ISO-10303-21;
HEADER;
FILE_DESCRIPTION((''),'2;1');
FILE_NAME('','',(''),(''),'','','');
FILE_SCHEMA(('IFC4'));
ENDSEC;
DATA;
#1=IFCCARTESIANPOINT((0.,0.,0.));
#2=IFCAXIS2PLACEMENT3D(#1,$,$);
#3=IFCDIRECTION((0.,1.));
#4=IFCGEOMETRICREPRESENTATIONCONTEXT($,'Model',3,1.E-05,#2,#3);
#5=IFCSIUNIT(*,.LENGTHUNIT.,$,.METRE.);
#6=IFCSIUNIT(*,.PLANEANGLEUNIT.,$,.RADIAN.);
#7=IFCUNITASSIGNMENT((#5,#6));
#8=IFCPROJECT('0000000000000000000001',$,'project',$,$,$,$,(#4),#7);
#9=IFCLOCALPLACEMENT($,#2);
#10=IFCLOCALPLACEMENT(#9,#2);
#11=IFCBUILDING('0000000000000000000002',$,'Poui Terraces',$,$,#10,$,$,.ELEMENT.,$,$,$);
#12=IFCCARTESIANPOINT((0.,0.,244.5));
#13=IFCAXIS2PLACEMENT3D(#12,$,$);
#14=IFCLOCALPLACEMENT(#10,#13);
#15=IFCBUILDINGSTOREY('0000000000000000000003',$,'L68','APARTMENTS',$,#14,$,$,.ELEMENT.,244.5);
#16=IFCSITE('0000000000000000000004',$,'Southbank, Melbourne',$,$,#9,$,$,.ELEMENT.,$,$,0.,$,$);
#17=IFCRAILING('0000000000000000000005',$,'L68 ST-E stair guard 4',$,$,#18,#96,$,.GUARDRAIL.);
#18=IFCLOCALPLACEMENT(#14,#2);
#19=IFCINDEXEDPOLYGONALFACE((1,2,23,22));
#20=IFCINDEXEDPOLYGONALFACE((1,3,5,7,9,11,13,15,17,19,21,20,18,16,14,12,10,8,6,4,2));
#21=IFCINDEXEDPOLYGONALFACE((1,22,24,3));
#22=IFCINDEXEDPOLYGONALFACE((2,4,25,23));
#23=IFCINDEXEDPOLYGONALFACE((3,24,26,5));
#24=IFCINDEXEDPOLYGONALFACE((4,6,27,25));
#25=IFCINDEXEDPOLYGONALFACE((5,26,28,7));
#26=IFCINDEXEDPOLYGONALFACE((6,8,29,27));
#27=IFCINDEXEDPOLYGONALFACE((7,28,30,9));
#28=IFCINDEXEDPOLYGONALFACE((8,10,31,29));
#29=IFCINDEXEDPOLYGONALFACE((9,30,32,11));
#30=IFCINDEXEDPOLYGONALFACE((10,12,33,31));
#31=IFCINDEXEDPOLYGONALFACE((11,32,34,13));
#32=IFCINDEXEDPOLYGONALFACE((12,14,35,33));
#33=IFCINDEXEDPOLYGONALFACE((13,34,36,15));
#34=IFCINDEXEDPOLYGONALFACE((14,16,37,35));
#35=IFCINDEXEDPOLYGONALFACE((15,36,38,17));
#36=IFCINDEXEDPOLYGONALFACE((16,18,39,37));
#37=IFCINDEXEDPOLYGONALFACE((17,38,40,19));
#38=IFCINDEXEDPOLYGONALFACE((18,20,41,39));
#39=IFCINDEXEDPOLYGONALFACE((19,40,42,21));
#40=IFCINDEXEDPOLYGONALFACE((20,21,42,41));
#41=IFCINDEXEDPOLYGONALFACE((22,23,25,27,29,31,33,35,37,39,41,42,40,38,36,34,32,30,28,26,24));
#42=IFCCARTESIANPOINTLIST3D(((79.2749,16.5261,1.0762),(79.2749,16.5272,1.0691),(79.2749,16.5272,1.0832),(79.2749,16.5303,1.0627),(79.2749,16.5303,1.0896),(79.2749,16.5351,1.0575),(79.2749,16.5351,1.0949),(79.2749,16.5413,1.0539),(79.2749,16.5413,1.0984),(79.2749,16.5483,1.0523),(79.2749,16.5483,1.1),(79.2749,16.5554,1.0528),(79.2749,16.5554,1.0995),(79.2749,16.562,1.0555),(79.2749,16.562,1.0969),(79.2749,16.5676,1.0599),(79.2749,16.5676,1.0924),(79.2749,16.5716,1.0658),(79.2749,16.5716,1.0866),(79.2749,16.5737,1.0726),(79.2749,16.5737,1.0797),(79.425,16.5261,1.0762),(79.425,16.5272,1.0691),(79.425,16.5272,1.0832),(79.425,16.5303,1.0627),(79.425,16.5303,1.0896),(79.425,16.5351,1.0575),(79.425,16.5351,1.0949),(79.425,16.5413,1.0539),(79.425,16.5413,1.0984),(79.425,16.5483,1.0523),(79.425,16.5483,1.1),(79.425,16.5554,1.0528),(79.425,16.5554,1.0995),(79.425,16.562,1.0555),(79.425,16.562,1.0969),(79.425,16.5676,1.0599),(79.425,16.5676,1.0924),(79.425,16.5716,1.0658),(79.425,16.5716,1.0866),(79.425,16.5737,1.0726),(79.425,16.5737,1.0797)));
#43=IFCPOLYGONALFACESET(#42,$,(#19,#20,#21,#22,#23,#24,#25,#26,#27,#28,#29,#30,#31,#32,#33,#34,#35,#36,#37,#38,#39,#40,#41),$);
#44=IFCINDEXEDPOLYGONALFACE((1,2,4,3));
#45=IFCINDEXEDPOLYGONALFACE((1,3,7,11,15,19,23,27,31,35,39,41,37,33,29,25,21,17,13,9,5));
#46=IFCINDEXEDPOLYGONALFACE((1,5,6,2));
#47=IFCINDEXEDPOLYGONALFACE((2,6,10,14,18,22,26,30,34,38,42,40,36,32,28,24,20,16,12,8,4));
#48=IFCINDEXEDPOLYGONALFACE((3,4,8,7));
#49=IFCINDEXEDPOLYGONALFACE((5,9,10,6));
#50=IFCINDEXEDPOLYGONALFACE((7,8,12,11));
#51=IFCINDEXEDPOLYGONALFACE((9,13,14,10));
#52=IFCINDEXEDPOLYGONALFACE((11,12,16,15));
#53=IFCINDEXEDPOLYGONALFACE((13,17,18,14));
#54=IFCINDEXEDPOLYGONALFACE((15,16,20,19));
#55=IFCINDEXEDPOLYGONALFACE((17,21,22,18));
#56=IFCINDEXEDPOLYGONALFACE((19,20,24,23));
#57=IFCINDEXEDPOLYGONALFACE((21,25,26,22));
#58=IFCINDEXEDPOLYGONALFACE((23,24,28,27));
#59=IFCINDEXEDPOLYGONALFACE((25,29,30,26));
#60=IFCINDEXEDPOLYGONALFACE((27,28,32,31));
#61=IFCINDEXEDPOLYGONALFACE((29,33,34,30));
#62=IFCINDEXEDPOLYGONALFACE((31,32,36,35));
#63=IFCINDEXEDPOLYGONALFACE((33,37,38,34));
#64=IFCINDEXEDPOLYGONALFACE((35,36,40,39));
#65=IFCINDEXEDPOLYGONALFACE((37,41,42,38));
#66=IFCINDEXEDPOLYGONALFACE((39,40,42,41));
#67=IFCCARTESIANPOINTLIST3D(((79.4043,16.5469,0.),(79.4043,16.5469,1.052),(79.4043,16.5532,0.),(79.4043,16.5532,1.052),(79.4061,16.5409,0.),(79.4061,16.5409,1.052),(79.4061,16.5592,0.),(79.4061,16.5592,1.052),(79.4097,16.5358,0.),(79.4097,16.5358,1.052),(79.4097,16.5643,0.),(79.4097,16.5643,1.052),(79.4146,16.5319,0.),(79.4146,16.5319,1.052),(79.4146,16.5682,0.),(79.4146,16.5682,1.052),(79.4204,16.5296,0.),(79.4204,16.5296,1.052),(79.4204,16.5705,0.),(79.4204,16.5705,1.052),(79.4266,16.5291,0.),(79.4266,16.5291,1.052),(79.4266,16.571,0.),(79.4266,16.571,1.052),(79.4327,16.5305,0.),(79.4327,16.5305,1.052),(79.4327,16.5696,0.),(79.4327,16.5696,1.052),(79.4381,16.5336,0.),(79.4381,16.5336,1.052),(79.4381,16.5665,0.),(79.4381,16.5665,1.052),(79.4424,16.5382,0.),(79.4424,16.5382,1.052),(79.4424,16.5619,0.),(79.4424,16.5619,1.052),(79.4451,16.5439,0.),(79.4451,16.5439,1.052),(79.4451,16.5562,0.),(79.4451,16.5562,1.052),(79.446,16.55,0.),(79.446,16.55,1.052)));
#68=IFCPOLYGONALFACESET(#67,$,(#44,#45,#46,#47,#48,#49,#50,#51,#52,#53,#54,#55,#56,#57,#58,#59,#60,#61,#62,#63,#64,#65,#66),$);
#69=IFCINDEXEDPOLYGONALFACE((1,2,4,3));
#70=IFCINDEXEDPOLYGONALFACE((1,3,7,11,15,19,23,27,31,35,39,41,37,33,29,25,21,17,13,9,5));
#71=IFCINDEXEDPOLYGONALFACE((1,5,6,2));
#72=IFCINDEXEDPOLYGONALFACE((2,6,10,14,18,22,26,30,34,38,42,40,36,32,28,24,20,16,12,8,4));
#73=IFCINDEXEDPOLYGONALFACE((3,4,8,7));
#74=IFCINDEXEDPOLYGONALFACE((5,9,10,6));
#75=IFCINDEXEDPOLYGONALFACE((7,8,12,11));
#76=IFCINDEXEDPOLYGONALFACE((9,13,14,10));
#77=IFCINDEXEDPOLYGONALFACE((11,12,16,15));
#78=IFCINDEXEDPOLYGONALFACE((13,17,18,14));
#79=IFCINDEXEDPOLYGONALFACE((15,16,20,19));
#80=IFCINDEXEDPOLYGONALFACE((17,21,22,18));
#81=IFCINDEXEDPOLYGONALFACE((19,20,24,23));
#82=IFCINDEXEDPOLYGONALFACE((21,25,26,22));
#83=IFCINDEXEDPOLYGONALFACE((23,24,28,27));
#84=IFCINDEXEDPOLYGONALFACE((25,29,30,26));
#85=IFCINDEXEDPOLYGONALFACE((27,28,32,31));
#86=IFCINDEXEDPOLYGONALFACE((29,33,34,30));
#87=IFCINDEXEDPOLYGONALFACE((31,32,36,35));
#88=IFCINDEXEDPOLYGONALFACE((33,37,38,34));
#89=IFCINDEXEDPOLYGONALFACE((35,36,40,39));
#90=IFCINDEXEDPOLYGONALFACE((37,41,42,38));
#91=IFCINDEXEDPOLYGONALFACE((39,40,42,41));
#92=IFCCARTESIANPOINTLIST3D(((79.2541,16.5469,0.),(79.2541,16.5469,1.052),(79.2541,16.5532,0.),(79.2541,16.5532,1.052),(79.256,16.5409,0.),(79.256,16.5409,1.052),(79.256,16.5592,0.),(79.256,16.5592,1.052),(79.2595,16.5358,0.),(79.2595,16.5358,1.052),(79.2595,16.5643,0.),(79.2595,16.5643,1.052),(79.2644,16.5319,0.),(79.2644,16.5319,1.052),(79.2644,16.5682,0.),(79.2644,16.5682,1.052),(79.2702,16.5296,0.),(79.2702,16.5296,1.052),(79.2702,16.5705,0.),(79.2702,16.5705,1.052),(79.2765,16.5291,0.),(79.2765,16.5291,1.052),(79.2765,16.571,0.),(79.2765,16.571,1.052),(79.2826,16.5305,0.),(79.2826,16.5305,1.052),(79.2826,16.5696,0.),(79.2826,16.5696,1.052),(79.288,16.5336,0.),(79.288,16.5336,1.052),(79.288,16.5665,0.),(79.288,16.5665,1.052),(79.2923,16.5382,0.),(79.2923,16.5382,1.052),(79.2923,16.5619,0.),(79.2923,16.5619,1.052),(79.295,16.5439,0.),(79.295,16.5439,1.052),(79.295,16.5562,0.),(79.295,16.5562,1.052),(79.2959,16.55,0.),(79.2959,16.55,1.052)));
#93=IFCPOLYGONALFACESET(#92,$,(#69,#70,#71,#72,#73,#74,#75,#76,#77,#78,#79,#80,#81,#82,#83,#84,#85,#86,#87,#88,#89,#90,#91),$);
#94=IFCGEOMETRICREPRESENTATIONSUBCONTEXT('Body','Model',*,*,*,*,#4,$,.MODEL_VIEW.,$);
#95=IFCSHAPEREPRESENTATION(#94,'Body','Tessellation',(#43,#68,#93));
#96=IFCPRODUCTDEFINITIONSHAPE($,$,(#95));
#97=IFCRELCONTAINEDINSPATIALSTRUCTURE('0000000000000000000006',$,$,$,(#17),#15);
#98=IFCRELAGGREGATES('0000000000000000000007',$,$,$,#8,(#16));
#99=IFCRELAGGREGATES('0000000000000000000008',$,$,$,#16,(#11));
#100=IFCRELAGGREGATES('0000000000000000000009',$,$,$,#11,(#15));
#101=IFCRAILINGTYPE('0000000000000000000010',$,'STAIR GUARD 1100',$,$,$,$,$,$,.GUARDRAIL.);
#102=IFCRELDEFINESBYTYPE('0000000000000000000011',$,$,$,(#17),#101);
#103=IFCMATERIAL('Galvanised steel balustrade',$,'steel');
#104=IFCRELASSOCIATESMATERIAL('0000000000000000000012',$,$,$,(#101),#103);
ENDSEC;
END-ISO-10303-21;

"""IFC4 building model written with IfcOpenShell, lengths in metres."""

from ifc_helpers import new_model, si_unit, direction, frame, origin, origin_2d, place, context, subcontext, project, spatial, circle, extrude, material, type_object, element, save


model = new_model("IFC4")

# Units and contexts
model_context = context("Model", 3, precision=1e-05, world=origin(), true_north=direction((0.0, 1.0)))
body_context = subcontext(model_context, "Body", "Model", "MODEL_VIEW")
ifc_project = project(units=[si_unit("LENGTHUNIT", "METRE"), si_unit("PLANEANGLEUNIT", "RADIAN")], contexts=[model_context])

# Site, building, storey
site_placement = place(None, origin())
site = spatial("IfcSite", under=ifc_project, at=site_placement, Name="Southbank, Melbourne", CompositionType="ELEMENT", RefElevation=0.0)
building_placement = place(site_placement, origin())
building = spatial("IfcBuilding", under=site, at=building_placement, Name="Poui Terraces", CompositionType="ELEMENT")
storey_placement = place(building_placement, frame((0.0, 0.0, 244.5)))
storey = spatial("IfcBuildingStorey", under=building, at=storey_placement, Name="L68", Description="APARTMENTS", CompositionType="ELEMENT", Elevation=244.5)

# Railing
ifc_material_1 = material(Name="Galvanised steel balustrade", Category="steel")
railing_type_1 = type_object("IfcRailingType", Name="STAIR GUARD 1100", PredefinedType="GUARDRAIL", material=ifc_material_1)
railing_1_placement = place(storey_placement, frame((79.425, 16.55, 0.0)))
element("IfcRailing", 1, at=railing_1_placement, inside=storey, type_object=railing_type_1, Name="L68 ST-E stair guard 4", PredefinedType="GUARDRAIL", context=body_context, shape_type="SweptSolid", body=[
    extrude(circle(Radius=0.0239, at=origin_2d()), frame((0.0, 0.0, 1.0762), z_axis=(-1.0, 0.0, 0.0), x_axis=(0.0, -1.0, 0.0)), (0.0, 0.0, 1.0), 0.1501),
    extrude(circle(Radius=0.021, at=origin_2d()), origin(), (0.0, 0.0, 1.0), 1.052),
    extrude(circle(Radius=0.021, at=origin_2d()), frame((-0.1501, 0.0, 0.0)), (0.0, 0.0, 1.0), 1.052),
])

save(model, "model.ifc")
